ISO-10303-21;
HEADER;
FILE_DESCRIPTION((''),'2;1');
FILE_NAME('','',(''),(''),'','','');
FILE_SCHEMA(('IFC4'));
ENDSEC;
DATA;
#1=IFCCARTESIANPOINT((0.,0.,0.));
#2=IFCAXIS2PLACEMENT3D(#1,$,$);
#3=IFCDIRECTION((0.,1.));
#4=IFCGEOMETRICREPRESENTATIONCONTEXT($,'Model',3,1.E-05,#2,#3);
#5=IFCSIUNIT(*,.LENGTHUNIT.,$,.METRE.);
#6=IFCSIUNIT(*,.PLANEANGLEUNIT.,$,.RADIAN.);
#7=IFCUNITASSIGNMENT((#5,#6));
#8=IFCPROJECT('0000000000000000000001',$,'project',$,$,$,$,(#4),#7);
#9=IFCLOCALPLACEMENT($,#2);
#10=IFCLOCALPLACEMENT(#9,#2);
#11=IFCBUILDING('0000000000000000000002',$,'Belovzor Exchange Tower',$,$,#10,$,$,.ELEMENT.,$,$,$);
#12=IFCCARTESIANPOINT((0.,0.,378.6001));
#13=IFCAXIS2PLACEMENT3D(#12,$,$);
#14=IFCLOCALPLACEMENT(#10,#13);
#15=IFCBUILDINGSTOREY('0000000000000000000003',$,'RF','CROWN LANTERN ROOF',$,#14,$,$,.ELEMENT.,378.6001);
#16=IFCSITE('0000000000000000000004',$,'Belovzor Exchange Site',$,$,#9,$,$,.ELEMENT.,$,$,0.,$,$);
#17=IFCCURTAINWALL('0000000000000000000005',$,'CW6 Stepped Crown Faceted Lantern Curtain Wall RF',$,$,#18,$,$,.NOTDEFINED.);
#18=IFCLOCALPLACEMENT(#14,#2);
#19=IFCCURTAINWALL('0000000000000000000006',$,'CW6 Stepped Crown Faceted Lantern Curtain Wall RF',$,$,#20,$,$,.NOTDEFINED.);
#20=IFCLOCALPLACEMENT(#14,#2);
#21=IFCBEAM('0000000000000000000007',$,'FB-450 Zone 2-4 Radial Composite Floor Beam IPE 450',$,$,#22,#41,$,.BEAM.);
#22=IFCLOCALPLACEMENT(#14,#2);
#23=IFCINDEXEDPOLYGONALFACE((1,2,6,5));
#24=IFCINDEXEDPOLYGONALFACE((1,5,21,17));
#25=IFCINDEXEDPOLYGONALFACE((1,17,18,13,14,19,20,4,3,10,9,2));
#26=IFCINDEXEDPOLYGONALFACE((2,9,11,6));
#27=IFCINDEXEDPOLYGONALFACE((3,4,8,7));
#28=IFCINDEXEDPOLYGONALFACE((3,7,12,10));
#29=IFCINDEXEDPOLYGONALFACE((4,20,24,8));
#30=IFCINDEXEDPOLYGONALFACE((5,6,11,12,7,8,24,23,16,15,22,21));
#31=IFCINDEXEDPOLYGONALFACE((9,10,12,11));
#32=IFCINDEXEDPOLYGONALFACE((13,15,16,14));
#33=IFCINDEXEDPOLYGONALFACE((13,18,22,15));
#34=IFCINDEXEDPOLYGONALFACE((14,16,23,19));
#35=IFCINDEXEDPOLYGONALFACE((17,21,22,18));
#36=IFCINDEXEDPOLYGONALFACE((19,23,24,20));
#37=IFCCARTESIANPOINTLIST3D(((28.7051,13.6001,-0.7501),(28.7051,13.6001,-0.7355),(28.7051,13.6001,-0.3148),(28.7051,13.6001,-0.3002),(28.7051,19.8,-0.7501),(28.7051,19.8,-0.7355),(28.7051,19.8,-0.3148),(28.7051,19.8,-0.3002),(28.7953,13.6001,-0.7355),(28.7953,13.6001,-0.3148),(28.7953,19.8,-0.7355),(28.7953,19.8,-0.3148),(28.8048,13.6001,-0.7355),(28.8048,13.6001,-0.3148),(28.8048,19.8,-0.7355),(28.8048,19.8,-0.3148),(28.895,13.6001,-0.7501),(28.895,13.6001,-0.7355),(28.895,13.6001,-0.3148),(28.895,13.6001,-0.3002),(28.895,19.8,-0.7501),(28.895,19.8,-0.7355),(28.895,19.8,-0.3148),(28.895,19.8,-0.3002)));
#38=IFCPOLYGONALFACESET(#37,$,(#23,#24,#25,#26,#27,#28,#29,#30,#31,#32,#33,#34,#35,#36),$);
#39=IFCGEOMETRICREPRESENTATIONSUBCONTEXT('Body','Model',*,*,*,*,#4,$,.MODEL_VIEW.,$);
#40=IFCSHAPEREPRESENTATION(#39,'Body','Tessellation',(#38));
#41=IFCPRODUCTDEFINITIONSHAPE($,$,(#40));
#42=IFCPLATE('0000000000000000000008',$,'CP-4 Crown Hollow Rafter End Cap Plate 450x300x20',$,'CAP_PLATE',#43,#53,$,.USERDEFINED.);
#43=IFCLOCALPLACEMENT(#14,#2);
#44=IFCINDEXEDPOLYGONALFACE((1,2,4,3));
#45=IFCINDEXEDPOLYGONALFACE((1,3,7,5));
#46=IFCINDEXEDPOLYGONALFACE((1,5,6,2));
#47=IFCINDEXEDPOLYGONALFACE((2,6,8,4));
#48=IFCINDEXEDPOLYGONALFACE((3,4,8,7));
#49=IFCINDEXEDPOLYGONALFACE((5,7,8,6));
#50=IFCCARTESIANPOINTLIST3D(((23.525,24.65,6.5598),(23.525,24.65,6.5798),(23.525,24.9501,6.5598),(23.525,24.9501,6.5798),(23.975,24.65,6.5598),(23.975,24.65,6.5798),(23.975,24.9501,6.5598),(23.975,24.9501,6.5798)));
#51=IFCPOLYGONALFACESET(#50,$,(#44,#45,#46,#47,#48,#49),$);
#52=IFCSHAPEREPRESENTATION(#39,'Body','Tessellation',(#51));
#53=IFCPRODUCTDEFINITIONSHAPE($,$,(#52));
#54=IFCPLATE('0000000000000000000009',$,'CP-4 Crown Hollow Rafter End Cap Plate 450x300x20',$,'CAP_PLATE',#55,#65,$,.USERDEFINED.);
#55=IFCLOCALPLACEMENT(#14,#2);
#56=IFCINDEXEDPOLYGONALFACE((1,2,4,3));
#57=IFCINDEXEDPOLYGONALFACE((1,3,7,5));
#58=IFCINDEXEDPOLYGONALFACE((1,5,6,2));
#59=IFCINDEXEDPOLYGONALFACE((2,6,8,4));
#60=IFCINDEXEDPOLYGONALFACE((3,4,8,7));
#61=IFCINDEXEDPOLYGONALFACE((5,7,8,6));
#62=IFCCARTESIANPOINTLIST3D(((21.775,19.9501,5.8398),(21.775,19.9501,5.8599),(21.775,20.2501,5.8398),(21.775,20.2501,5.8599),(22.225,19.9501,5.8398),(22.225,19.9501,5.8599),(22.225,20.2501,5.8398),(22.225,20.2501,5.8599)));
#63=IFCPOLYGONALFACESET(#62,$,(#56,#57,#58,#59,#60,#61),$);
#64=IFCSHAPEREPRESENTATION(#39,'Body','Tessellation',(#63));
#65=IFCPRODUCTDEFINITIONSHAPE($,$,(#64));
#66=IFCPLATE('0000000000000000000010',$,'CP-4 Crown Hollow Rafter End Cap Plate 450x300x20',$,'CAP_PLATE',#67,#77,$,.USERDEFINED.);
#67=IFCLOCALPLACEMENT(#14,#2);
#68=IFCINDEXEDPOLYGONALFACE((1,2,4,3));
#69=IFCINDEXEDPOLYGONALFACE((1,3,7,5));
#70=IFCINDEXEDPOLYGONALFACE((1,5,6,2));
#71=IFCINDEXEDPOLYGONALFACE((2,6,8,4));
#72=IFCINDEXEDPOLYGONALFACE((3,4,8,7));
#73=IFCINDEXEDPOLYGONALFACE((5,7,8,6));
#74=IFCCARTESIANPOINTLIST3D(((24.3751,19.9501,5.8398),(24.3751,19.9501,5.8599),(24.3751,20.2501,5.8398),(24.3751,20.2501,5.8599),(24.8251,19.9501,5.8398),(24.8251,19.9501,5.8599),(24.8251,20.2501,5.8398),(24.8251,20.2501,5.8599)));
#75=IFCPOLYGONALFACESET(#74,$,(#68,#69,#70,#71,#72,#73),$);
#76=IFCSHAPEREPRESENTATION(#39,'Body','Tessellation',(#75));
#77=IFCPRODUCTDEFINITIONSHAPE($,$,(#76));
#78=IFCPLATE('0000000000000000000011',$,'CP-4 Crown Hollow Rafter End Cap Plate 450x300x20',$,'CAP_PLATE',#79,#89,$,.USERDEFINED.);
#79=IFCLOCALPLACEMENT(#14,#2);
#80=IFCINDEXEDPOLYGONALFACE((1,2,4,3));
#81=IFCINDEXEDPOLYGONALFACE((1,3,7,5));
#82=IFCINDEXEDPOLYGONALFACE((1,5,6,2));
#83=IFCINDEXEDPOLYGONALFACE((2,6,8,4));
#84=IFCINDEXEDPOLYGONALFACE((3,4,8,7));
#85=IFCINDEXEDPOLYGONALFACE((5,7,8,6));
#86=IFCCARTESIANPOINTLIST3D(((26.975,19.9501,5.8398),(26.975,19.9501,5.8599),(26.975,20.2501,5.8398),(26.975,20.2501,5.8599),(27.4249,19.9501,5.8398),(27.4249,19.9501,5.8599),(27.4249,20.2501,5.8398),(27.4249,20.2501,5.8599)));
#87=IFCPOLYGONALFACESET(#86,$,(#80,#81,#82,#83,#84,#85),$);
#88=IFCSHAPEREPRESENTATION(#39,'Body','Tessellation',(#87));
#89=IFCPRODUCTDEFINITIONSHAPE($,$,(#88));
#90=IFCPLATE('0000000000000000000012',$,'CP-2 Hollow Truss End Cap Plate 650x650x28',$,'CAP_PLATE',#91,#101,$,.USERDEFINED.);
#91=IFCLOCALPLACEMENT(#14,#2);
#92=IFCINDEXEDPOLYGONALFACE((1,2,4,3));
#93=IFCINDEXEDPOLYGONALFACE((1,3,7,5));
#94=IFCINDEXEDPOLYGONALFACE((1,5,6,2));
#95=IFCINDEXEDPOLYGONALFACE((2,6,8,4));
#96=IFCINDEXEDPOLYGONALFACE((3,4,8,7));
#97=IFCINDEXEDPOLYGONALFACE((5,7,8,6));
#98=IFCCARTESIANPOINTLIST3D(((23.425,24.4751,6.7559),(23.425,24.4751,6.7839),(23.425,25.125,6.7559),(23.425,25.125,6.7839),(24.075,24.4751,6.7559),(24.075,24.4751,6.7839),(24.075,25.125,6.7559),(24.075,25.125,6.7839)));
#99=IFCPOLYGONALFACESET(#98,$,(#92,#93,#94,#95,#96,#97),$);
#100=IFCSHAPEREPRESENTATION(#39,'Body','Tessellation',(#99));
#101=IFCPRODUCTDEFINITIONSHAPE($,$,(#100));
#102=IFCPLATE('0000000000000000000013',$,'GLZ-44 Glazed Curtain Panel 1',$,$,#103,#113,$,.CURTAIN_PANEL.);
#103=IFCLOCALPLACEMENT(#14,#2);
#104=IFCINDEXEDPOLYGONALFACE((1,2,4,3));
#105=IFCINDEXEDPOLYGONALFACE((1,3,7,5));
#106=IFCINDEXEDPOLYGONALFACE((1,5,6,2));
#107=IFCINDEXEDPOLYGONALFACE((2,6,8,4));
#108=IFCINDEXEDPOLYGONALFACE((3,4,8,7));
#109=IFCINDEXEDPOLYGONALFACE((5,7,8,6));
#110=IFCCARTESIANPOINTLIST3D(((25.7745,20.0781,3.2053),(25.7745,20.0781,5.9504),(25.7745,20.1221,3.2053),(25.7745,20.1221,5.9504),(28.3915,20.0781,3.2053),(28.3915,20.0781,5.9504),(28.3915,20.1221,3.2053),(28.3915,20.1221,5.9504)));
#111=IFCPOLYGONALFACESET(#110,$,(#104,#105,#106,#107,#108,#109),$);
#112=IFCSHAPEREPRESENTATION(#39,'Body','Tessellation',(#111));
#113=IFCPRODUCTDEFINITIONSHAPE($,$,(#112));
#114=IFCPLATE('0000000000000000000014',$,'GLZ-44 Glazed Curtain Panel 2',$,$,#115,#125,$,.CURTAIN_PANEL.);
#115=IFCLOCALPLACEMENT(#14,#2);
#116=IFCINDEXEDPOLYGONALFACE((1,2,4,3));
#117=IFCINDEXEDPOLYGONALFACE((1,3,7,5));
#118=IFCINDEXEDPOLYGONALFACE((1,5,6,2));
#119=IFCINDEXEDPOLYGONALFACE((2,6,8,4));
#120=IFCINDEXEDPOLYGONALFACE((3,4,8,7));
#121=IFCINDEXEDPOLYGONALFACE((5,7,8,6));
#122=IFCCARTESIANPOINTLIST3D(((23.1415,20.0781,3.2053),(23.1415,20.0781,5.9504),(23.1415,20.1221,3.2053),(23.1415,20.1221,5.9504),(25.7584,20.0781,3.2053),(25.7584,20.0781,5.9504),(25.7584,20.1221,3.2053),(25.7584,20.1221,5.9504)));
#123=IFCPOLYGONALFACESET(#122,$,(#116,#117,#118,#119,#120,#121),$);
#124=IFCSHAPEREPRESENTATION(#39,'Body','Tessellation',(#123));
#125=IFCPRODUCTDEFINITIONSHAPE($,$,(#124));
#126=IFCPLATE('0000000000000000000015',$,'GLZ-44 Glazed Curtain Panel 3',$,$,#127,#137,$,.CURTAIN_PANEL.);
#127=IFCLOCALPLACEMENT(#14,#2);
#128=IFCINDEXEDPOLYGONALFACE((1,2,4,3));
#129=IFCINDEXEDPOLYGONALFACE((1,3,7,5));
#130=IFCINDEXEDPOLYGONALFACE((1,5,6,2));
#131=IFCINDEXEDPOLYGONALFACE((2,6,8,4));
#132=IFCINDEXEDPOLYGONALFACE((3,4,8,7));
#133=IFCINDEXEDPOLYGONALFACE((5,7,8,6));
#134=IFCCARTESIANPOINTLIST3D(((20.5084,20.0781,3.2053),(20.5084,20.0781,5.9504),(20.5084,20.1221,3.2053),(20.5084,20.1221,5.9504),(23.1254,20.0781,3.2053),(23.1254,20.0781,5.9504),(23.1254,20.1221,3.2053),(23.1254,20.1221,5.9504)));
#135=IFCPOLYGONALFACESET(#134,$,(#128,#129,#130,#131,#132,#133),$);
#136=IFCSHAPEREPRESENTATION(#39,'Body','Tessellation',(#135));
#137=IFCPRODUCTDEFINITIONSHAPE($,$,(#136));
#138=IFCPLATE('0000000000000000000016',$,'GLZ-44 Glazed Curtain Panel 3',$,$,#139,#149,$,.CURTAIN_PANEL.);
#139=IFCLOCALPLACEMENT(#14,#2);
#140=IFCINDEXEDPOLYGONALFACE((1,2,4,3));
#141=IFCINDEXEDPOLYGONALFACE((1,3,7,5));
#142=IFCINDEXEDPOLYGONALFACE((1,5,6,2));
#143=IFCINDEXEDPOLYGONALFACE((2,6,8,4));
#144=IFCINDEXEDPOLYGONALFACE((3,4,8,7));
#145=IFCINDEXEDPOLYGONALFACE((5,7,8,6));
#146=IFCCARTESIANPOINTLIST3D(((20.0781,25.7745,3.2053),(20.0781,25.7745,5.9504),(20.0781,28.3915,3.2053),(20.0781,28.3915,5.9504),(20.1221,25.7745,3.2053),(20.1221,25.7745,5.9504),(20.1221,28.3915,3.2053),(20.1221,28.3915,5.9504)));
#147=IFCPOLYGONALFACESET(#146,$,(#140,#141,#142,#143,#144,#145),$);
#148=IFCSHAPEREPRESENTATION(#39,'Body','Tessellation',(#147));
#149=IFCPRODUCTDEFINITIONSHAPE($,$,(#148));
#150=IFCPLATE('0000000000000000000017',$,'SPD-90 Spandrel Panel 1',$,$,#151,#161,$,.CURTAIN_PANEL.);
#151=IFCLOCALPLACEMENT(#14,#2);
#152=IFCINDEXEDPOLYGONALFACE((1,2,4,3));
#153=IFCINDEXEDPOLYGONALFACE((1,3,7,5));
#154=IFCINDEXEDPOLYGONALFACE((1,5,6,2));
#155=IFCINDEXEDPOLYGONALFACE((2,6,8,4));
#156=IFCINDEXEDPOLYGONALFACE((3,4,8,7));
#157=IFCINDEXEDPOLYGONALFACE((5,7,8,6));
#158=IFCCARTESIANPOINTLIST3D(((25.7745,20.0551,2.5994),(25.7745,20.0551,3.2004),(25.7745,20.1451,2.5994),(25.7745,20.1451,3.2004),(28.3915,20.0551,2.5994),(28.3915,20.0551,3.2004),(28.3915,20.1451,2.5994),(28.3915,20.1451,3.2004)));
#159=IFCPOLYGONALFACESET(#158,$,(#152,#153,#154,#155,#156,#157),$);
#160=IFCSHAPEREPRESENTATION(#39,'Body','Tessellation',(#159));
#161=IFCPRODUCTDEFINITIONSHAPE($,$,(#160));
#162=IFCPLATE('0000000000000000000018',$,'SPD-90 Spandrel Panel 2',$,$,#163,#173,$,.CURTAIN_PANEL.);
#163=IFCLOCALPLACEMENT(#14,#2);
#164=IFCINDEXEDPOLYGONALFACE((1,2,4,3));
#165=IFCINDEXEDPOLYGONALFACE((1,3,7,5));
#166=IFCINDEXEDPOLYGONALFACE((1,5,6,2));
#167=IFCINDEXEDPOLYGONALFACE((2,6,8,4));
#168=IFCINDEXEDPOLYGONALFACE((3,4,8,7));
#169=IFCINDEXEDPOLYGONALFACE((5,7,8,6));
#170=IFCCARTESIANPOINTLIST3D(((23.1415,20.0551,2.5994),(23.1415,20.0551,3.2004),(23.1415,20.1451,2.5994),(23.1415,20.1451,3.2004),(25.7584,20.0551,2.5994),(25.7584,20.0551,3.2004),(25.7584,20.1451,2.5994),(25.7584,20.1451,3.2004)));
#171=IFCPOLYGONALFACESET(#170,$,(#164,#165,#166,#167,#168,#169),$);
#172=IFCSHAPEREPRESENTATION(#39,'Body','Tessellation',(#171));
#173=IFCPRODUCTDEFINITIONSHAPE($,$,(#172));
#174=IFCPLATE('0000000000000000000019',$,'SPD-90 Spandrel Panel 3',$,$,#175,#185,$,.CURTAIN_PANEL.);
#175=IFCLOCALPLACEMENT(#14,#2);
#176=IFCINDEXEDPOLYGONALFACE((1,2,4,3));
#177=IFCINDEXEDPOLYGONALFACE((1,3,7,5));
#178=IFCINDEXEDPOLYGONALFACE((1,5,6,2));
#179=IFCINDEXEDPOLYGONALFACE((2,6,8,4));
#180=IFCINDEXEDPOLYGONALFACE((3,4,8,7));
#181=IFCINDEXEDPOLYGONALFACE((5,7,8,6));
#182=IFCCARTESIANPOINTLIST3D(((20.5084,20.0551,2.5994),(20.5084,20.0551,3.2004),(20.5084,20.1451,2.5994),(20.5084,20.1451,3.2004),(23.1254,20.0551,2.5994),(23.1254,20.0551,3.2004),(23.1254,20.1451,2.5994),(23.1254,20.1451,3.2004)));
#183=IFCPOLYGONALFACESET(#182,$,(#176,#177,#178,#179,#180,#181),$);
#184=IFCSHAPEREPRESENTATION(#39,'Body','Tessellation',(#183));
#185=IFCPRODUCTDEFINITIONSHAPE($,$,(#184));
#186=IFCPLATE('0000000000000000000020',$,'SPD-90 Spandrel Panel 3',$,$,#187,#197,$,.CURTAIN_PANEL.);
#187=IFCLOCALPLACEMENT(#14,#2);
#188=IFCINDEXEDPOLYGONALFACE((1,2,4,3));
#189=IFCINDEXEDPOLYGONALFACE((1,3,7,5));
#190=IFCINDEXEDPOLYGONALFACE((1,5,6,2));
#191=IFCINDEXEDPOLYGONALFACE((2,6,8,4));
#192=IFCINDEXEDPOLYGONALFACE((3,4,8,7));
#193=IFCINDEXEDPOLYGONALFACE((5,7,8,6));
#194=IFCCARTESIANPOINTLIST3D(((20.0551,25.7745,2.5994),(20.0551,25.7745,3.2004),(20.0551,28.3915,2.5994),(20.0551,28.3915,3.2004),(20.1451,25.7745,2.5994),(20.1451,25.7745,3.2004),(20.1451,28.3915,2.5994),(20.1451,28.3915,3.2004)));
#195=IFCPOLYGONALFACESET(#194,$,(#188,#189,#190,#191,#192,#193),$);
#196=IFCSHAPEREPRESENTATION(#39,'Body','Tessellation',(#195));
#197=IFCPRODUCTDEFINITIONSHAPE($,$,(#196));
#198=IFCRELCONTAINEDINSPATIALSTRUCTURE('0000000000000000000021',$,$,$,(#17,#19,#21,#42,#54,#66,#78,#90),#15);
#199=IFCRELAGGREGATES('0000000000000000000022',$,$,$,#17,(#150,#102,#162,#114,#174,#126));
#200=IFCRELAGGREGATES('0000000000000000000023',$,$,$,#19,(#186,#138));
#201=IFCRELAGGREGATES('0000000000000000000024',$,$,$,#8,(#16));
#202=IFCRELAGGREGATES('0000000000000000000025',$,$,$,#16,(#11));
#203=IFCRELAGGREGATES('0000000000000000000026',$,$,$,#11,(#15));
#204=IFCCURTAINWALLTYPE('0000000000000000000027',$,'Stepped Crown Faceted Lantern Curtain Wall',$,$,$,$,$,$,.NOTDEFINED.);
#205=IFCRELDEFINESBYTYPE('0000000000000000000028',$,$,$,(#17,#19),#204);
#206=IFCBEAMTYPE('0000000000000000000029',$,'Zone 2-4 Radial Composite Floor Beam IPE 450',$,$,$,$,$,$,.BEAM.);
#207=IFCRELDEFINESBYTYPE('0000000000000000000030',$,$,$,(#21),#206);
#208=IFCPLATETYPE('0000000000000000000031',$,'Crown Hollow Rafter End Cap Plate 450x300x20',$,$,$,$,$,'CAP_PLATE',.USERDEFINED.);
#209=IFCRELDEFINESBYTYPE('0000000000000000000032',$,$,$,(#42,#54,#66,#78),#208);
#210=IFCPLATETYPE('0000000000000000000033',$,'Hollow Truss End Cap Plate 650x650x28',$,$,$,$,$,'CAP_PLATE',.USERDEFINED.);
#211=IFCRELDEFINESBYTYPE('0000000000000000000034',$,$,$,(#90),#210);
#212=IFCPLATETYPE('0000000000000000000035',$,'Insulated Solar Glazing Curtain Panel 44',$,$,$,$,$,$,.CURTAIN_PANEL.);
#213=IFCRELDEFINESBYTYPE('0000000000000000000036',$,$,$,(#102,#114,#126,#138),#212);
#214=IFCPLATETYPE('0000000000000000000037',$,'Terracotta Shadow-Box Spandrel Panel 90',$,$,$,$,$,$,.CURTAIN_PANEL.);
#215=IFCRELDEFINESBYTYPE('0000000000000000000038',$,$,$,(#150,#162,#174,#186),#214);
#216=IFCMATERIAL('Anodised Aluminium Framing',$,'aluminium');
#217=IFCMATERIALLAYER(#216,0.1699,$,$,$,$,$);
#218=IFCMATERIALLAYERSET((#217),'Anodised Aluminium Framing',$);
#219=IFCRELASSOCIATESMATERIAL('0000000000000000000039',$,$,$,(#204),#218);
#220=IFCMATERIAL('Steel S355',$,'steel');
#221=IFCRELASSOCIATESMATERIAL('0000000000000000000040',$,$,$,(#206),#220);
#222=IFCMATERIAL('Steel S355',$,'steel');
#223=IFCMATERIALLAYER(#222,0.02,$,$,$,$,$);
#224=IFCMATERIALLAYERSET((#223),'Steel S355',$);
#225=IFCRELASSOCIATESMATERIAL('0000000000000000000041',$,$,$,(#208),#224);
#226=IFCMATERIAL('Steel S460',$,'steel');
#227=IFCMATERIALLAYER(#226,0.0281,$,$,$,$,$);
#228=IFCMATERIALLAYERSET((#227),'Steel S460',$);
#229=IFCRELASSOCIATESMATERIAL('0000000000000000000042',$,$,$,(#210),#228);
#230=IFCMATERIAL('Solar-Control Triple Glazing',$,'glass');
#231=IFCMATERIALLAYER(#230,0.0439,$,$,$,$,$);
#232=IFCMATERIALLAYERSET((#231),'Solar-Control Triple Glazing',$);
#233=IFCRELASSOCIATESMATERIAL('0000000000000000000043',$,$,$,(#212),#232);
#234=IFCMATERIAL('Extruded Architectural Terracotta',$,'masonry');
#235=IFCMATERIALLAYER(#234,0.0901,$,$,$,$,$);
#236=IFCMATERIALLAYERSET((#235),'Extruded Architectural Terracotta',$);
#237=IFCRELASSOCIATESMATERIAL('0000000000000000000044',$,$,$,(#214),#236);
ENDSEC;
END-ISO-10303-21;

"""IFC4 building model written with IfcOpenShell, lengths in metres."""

from ifc_helpers import new_model, si_unit, direction, frame, origin, origin_2d, place, context, subcontext, project, spatial, rectangle, i_section, extrude, material, layer, layer_set, material_profile, profile_set, type_object, element, aggregate, save


model = new_model("IFC4")

# Units and contexts
model_context = context("Model", 3, precision=1e-05, world=origin(), true_north=direction((0.0, 1.0)))
body_context = subcontext(model_context, "Body", "Model", "MODEL_VIEW")
ifc_project = project(units=[si_unit("LENGTHUNIT", "METRE"), si_unit("PLANEANGLEUNIT", "RADIAN")], contexts=[model_context])

# Site, building, storey
site_placement = place(None, origin())
site = spatial("IfcSite", under=ifc_project, at=site_placement, Name="Belovzor Exchange Site", CompositionType="ELEMENT", RefElevation=0.0)
building_placement = place(site_placement, origin())
building = spatial("IfcBuilding", under=site, at=building_placement, Name="Belovzor Exchange Tower", CompositionType="ELEMENT")
storey_placement = place(building_placement, frame((0.0, 0.0, 378.6001)))
storey = spatial("IfcBuildingStorey", under=building, at=storey_placement, Name="RF", Description="CROWN LANTERN ROOF", CompositionType="ELEMENT", Elevation=378.6001)

# Curtain wall
ifc_material_1 = material(Name="Anodised Aluminium Framing", Category="aluminium")
ifc_layer_1 = layer(ifc_material_1, 0.1699)
ifc_layer_set_1 = layer_set([ifc_layer_1], Name="Anodised Aluminium Framing")
curtain_wall_type = type_object("IfcCurtainWallType", Name="Stepped Crown Faceted Lantern Curtain Wall", PredefinedType="NOTDEFINED", material=ifc_layer_set_1)
curtain_wall_1_placement = place(storey_placement, origin())
curtain_wall_1 = element("IfcCurtainWall", 1, at=curtain_wall_1_placement, inside=storey, type_object=curtain_wall_type, Name="CW6 Stepped Crown Faceted Lantern Curtain Wall RF", PredefinedType="NOTDEFINED")

# Curtain wall
curtain_wall_2_placement = place(storey_placement, origin())
curtain_wall_2 = element("IfcCurtainWall", 2, at=curtain_wall_2_placement, inside=storey, type_object=curtain_wall_type, Name="CW6 Stepped Crown Faceted Lantern Curtain Wall RF", PredefinedType="NOTDEFINED")

# Beam
ifc_material_2 = material(Name="Steel S355", Category="steel")
ifc_material_profile_1 = material_profile(ifc_material_2, i_section(OverallWidth=0.1899, OverallDepth=0.45, WebThickness=0.0095, FlangeThickness=0.0146, at=origin_2d()))
ifc_profile_set_1 = profile_set([ifc_material_profile_1], Name="Steel S355")
beam_type_1 = type_object("IfcBeamType", Name="Zone 2-4 Radial Composite Floor Beam IPE 450", PredefinedType="BEAM", material=ifc_profile_set_1)
beam_1_placement = place(storey_placement, frame((28.8, 19.8, -0.5251), z_axis=(0.0, -1.0, 0.0), x_axis=(1.0, 0.0, 0.0)))
element("IfcBeam", 3, at=beam_1_placement, inside=storey, type_object=beam_type_1, Name="FB-450 Zone 2-4 Radial Composite Floor Beam IPE 450", PredefinedType="BEAM", context=body_context, shape_type="SweptSolid", body=[
    extrude(i_section(OverallWidth=0.1899, OverallDepth=0.45, WebThickness=0.0095, FlangeThickness=0.0146, at=origin_2d()), origin(), (0.0, 0.0, 1.0), 6.2),
])

# Plates
ifc_material_3 = material(Name="Steel S355", Category="steel")
ifc_layer_2 = layer(ifc_material_3, 0.02)
ifc_layer_set_2 = layer_set([ifc_layer_2], Name="Steel S355")
plate_type_1 = type_object("IfcPlateType", Name="Crown Hollow Rafter End Cap Plate 450x300x20", ElementType="CAP_PLATE", PredefinedType="USERDEFINED", material=ifc_layer_set_2)
for number, where, z_axis, x_axis, name in (
    (4, (23.75, 24.8, 6.5598), (0.0, 0.0, 1.0), (1.0, 0.0, 0.0), "CP-4 Crown Hollow Rafter End Cap Plate 450x300x20"),
    (5, (22.0, 20.1001, 5.8398), (0.0, 0.0, 1.0), (1.0, 0.0, 0.0), "CP-4 Crown Hollow Rafter End Cap Plate 450x300x20"),
    (6, (24.6001, 20.1001, 5.8398), (0.0, 0.0, 1.0), (1.0, 0.0, 0.0), "CP-4 Crown Hollow Rafter End Cap Plate 450x300x20"),
    (7, (27.2, 20.1001, 5.8398), (0.0, 0.0, 1.0), (1.0, 0.0, 0.0), "CP-4 Crown Hollow Rafter End Cap Plate 450x300x20"),
):
    element("IfcPlate", number, at=place(storey_placement, frame(where, z_axis=z_axis, x_axis=x_axis)), inside=storey, type_object=plate_type_1, Name=name, ObjectType="CAP_PLATE", PredefinedType="USERDEFINED", context=body_context, shape_type="SweptSolid", body=[
        extrude(rectangle(XDim=0.45, YDim=0.3, at=origin_2d()), origin(), (0.0, 0.0, 1.0), 0.02),
    ])
ifc_material_4 = material(Name="Steel S460", Category="steel")
ifc_layer_3 = layer(ifc_material_4, 0.0281)
ifc_layer_set_3 = layer_set([ifc_layer_3], Name="Steel S460")
plate_type_2 = type_object("IfcPlateType", Name="Hollow Truss End Cap Plate 650x650x28", ElementType="CAP_PLATE", PredefinedType="USERDEFINED", material=ifc_layer_set_3)
plate_1_placement = place(storey_placement, frame((23.75, 24.8, 6.7559), z_axis=(0.0, 0.0, 1.0), x_axis=(1.0, 0.0, 0.0)))
element("IfcPlate", 8, at=plate_1_placement, inside=storey, type_object=plate_type_2, Name="CP-2 Hollow Truss End Cap Plate 650x650x28", ObjectType="CAP_PLATE", PredefinedType="USERDEFINED", context=body_context, shape_type="SweptSolid", body=[
    extrude(rectangle(XDim=0.6499, YDim=0.6499, at=origin_2d()), origin(), (0.0, 0.0, 1.0), 0.0281),
])

# Plates
ifc_material_5 = material(Name="Solar-Control Triple Glazing", Category="glass")
ifc_layer_4 = layer(ifc_material_5, 0.0439)
ifc_layer_set_4 = layer_set([ifc_layer_4], Name="Solar-Control Triple Glazing")
plate_type_3 = type_object("IfcPlateType", Name="Insulated Solar Glazing Curtain Panel 44", PredefinedType="CURTAIN_PANEL", material=ifc_layer_set_4)
plate_2_placement = place(storey_placement, frame((27.083, 20.1001, 3.2053), z_axis=(0.0, 0.0, 1.0), x_axis=(-1.0, 0.0, 0.0)))
plate_2 = element("IfcPlate", 9, at=plate_2_placement, type_object=plate_type_3, Name="GLZ-44 Glazed Curtain Panel 1", PredefinedType="CURTAIN_PANEL", context=body_context, shape_type="SweptSolid", body=[
    extrude(rectangle(XDim=2.6169, YDim=0.0439, at=origin_2d()), origin(), (0.0, 0.0, 1.0), 2.7451),
])
plate_3_placement = place(storey_placement, frame((24.45, 20.1001, 3.2053), z_axis=(0.0, 0.0, 1.0), x_axis=(-1.0, 0.0, 0.0)))
plate_3 = element("IfcPlate", 10, at=plate_3_placement, type_object=plate_type_3, Name="GLZ-44 Glazed Curtain Panel 2", PredefinedType="CURTAIN_PANEL", context=body_context, shape_type="SweptSolid", body=[
    extrude(rectangle(XDim=2.6169, YDim=0.0439, at=origin_2d()), origin(), (0.0, 0.0, 1.0), 2.7451),
])
plate_4_placement = place(storey_placement, frame((21.8169, 20.1001, 3.2053), z_axis=(0.0, 0.0, 1.0), x_axis=(-1.0, 0.0, 0.0)))
plate_4 = element("IfcPlate", 11, at=plate_4_placement, type_object=plate_type_3, Name="GLZ-44 Glazed Curtain Panel 3", PredefinedType="CURTAIN_PANEL", context=body_context, shape_type="SweptSolid", body=[
    extrude(rectangle(XDim=2.6169, YDim=0.0439, at=origin_2d()), origin(), (0.0, 0.0, 1.0), 2.7451),
])
plate_5_placement = place(storey_placement, frame((20.1001, 27.083, 3.2053), z_axis=(0.0, 0.0, 1.0), x_axis=(0.0, 1.0, 0.0)))
plate_5 = element("IfcPlate", 12, at=plate_5_placement, type_object=plate_type_3, Name="GLZ-44 Glazed Curtain Panel 3", PredefinedType="CURTAIN_PANEL", context=body_context, shape_type="SweptSolid", body=[
    extrude(rectangle(XDim=2.6169, YDim=0.0439, at=origin_2d()), origin(), (0.0, 0.0, 1.0), 2.7451),
])
ifc_material_6 = material(Name="Extruded Architectural Terracotta", Category="masonry")
ifc_layer_5 = layer(ifc_material_6, 0.0901)
ifc_layer_set_5 = layer_set([ifc_layer_5], Name="Extruded Architectural Terracotta")
plate_type_4 = type_object("IfcPlateType", Name="Terracotta Shadow-Box Spandrel Panel 90", PredefinedType="CURTAIN_PANEL", material=ifc_layer_set_5)
plate_6_placement = place(storey_placement, frame((27.083, 20.1001, 2.5994), z_axis=(0.0, 0.0, 1.0), x_axis=(-1.0, 0.0, 0.0)))
plate_6 = element("IfcPlate", 13, at=plate_6_placement, type_object=plate_type_4, Name="SPD-90 Spandrel Panel 1", PredefinedType="CURTAIN_PANEL", context=body_context, shape_type="SweptSolid", body=[
    extrude(rectangle(XDim=2.6169, YDim=0.0901, at=origin_2d()), origin(), (0.0, 0.0, 1.0), 0.6011),
])
plate_7_placement = place(storey_placement, frame((24.45, 20.1001, 2.5994), z_axis=(0.0, 0.0, 1.0), x_axis=(-1.0, 0.0, 0.0)))
plate_7 = element("IfcPlate", 14, at=plate_7_placement, type_object=plate_type_4, Name="SPD-90 Spandrel Panel 2", PredefinedType="CURTAIN_PANEL", context=body_context, shape_type="SweptSolid", body=[
    extrude(rectangle(XDim=2.6169, YDim=0.0901, at=origin_2d()), origin(), (0.0, 0.0, 1.0), 0.6011),
])
plate_8_placement = place(storey_placement, frame((21.8169, 20.1001, 2.5994), z_axis=(0.0, 0.0, 1.0), x_axis=(-1.0, 0.0, 0.0)))
plate_8 = element("IfcPlate", 15, at=plate_8_placement, type_object=plate_type_4, Name="SPD-90 Spandrel Panel 3", PredefinedType="CURTAIN_PANEL", context=body_context, shape_type="SweptSolid", body=[
    extrude(rectangle(XDim=2.6169, YDim=0.0901, at=origin_2d()), origin(), (0.0, 0.0, 1.0), 0.6011),
])
aggregate(curtain_wall_1, [plate_6, plate_2, plate_7, plate_3, plate_8, plate_4])
plate_9_placement = place(storey_placement, frame((20.1001, 27.083, 2.5994), z_axis=(0.0, 0.0, 1.0), x_axis=(0.0, 1.0, 0.0)))
plate_9 = element("IfcPlate", 16, at=plate_9_placement, type_object=plate_type_4, Name="SPD-90 Spandrel Panel 3", PredefinedType="CURTAIN_PANEL", context=body_context, shape_type="SweptSolid", body=[
    extrude(rectangle(XDim=2.6169, YDim=0.0901, at=origin_2d()), origin(), (0.0, 0.0, 1.0), 0.6011),
])
aggregate(curtain_wall_2, [plate_9, plate_5])

save(model, "model.ifc")
